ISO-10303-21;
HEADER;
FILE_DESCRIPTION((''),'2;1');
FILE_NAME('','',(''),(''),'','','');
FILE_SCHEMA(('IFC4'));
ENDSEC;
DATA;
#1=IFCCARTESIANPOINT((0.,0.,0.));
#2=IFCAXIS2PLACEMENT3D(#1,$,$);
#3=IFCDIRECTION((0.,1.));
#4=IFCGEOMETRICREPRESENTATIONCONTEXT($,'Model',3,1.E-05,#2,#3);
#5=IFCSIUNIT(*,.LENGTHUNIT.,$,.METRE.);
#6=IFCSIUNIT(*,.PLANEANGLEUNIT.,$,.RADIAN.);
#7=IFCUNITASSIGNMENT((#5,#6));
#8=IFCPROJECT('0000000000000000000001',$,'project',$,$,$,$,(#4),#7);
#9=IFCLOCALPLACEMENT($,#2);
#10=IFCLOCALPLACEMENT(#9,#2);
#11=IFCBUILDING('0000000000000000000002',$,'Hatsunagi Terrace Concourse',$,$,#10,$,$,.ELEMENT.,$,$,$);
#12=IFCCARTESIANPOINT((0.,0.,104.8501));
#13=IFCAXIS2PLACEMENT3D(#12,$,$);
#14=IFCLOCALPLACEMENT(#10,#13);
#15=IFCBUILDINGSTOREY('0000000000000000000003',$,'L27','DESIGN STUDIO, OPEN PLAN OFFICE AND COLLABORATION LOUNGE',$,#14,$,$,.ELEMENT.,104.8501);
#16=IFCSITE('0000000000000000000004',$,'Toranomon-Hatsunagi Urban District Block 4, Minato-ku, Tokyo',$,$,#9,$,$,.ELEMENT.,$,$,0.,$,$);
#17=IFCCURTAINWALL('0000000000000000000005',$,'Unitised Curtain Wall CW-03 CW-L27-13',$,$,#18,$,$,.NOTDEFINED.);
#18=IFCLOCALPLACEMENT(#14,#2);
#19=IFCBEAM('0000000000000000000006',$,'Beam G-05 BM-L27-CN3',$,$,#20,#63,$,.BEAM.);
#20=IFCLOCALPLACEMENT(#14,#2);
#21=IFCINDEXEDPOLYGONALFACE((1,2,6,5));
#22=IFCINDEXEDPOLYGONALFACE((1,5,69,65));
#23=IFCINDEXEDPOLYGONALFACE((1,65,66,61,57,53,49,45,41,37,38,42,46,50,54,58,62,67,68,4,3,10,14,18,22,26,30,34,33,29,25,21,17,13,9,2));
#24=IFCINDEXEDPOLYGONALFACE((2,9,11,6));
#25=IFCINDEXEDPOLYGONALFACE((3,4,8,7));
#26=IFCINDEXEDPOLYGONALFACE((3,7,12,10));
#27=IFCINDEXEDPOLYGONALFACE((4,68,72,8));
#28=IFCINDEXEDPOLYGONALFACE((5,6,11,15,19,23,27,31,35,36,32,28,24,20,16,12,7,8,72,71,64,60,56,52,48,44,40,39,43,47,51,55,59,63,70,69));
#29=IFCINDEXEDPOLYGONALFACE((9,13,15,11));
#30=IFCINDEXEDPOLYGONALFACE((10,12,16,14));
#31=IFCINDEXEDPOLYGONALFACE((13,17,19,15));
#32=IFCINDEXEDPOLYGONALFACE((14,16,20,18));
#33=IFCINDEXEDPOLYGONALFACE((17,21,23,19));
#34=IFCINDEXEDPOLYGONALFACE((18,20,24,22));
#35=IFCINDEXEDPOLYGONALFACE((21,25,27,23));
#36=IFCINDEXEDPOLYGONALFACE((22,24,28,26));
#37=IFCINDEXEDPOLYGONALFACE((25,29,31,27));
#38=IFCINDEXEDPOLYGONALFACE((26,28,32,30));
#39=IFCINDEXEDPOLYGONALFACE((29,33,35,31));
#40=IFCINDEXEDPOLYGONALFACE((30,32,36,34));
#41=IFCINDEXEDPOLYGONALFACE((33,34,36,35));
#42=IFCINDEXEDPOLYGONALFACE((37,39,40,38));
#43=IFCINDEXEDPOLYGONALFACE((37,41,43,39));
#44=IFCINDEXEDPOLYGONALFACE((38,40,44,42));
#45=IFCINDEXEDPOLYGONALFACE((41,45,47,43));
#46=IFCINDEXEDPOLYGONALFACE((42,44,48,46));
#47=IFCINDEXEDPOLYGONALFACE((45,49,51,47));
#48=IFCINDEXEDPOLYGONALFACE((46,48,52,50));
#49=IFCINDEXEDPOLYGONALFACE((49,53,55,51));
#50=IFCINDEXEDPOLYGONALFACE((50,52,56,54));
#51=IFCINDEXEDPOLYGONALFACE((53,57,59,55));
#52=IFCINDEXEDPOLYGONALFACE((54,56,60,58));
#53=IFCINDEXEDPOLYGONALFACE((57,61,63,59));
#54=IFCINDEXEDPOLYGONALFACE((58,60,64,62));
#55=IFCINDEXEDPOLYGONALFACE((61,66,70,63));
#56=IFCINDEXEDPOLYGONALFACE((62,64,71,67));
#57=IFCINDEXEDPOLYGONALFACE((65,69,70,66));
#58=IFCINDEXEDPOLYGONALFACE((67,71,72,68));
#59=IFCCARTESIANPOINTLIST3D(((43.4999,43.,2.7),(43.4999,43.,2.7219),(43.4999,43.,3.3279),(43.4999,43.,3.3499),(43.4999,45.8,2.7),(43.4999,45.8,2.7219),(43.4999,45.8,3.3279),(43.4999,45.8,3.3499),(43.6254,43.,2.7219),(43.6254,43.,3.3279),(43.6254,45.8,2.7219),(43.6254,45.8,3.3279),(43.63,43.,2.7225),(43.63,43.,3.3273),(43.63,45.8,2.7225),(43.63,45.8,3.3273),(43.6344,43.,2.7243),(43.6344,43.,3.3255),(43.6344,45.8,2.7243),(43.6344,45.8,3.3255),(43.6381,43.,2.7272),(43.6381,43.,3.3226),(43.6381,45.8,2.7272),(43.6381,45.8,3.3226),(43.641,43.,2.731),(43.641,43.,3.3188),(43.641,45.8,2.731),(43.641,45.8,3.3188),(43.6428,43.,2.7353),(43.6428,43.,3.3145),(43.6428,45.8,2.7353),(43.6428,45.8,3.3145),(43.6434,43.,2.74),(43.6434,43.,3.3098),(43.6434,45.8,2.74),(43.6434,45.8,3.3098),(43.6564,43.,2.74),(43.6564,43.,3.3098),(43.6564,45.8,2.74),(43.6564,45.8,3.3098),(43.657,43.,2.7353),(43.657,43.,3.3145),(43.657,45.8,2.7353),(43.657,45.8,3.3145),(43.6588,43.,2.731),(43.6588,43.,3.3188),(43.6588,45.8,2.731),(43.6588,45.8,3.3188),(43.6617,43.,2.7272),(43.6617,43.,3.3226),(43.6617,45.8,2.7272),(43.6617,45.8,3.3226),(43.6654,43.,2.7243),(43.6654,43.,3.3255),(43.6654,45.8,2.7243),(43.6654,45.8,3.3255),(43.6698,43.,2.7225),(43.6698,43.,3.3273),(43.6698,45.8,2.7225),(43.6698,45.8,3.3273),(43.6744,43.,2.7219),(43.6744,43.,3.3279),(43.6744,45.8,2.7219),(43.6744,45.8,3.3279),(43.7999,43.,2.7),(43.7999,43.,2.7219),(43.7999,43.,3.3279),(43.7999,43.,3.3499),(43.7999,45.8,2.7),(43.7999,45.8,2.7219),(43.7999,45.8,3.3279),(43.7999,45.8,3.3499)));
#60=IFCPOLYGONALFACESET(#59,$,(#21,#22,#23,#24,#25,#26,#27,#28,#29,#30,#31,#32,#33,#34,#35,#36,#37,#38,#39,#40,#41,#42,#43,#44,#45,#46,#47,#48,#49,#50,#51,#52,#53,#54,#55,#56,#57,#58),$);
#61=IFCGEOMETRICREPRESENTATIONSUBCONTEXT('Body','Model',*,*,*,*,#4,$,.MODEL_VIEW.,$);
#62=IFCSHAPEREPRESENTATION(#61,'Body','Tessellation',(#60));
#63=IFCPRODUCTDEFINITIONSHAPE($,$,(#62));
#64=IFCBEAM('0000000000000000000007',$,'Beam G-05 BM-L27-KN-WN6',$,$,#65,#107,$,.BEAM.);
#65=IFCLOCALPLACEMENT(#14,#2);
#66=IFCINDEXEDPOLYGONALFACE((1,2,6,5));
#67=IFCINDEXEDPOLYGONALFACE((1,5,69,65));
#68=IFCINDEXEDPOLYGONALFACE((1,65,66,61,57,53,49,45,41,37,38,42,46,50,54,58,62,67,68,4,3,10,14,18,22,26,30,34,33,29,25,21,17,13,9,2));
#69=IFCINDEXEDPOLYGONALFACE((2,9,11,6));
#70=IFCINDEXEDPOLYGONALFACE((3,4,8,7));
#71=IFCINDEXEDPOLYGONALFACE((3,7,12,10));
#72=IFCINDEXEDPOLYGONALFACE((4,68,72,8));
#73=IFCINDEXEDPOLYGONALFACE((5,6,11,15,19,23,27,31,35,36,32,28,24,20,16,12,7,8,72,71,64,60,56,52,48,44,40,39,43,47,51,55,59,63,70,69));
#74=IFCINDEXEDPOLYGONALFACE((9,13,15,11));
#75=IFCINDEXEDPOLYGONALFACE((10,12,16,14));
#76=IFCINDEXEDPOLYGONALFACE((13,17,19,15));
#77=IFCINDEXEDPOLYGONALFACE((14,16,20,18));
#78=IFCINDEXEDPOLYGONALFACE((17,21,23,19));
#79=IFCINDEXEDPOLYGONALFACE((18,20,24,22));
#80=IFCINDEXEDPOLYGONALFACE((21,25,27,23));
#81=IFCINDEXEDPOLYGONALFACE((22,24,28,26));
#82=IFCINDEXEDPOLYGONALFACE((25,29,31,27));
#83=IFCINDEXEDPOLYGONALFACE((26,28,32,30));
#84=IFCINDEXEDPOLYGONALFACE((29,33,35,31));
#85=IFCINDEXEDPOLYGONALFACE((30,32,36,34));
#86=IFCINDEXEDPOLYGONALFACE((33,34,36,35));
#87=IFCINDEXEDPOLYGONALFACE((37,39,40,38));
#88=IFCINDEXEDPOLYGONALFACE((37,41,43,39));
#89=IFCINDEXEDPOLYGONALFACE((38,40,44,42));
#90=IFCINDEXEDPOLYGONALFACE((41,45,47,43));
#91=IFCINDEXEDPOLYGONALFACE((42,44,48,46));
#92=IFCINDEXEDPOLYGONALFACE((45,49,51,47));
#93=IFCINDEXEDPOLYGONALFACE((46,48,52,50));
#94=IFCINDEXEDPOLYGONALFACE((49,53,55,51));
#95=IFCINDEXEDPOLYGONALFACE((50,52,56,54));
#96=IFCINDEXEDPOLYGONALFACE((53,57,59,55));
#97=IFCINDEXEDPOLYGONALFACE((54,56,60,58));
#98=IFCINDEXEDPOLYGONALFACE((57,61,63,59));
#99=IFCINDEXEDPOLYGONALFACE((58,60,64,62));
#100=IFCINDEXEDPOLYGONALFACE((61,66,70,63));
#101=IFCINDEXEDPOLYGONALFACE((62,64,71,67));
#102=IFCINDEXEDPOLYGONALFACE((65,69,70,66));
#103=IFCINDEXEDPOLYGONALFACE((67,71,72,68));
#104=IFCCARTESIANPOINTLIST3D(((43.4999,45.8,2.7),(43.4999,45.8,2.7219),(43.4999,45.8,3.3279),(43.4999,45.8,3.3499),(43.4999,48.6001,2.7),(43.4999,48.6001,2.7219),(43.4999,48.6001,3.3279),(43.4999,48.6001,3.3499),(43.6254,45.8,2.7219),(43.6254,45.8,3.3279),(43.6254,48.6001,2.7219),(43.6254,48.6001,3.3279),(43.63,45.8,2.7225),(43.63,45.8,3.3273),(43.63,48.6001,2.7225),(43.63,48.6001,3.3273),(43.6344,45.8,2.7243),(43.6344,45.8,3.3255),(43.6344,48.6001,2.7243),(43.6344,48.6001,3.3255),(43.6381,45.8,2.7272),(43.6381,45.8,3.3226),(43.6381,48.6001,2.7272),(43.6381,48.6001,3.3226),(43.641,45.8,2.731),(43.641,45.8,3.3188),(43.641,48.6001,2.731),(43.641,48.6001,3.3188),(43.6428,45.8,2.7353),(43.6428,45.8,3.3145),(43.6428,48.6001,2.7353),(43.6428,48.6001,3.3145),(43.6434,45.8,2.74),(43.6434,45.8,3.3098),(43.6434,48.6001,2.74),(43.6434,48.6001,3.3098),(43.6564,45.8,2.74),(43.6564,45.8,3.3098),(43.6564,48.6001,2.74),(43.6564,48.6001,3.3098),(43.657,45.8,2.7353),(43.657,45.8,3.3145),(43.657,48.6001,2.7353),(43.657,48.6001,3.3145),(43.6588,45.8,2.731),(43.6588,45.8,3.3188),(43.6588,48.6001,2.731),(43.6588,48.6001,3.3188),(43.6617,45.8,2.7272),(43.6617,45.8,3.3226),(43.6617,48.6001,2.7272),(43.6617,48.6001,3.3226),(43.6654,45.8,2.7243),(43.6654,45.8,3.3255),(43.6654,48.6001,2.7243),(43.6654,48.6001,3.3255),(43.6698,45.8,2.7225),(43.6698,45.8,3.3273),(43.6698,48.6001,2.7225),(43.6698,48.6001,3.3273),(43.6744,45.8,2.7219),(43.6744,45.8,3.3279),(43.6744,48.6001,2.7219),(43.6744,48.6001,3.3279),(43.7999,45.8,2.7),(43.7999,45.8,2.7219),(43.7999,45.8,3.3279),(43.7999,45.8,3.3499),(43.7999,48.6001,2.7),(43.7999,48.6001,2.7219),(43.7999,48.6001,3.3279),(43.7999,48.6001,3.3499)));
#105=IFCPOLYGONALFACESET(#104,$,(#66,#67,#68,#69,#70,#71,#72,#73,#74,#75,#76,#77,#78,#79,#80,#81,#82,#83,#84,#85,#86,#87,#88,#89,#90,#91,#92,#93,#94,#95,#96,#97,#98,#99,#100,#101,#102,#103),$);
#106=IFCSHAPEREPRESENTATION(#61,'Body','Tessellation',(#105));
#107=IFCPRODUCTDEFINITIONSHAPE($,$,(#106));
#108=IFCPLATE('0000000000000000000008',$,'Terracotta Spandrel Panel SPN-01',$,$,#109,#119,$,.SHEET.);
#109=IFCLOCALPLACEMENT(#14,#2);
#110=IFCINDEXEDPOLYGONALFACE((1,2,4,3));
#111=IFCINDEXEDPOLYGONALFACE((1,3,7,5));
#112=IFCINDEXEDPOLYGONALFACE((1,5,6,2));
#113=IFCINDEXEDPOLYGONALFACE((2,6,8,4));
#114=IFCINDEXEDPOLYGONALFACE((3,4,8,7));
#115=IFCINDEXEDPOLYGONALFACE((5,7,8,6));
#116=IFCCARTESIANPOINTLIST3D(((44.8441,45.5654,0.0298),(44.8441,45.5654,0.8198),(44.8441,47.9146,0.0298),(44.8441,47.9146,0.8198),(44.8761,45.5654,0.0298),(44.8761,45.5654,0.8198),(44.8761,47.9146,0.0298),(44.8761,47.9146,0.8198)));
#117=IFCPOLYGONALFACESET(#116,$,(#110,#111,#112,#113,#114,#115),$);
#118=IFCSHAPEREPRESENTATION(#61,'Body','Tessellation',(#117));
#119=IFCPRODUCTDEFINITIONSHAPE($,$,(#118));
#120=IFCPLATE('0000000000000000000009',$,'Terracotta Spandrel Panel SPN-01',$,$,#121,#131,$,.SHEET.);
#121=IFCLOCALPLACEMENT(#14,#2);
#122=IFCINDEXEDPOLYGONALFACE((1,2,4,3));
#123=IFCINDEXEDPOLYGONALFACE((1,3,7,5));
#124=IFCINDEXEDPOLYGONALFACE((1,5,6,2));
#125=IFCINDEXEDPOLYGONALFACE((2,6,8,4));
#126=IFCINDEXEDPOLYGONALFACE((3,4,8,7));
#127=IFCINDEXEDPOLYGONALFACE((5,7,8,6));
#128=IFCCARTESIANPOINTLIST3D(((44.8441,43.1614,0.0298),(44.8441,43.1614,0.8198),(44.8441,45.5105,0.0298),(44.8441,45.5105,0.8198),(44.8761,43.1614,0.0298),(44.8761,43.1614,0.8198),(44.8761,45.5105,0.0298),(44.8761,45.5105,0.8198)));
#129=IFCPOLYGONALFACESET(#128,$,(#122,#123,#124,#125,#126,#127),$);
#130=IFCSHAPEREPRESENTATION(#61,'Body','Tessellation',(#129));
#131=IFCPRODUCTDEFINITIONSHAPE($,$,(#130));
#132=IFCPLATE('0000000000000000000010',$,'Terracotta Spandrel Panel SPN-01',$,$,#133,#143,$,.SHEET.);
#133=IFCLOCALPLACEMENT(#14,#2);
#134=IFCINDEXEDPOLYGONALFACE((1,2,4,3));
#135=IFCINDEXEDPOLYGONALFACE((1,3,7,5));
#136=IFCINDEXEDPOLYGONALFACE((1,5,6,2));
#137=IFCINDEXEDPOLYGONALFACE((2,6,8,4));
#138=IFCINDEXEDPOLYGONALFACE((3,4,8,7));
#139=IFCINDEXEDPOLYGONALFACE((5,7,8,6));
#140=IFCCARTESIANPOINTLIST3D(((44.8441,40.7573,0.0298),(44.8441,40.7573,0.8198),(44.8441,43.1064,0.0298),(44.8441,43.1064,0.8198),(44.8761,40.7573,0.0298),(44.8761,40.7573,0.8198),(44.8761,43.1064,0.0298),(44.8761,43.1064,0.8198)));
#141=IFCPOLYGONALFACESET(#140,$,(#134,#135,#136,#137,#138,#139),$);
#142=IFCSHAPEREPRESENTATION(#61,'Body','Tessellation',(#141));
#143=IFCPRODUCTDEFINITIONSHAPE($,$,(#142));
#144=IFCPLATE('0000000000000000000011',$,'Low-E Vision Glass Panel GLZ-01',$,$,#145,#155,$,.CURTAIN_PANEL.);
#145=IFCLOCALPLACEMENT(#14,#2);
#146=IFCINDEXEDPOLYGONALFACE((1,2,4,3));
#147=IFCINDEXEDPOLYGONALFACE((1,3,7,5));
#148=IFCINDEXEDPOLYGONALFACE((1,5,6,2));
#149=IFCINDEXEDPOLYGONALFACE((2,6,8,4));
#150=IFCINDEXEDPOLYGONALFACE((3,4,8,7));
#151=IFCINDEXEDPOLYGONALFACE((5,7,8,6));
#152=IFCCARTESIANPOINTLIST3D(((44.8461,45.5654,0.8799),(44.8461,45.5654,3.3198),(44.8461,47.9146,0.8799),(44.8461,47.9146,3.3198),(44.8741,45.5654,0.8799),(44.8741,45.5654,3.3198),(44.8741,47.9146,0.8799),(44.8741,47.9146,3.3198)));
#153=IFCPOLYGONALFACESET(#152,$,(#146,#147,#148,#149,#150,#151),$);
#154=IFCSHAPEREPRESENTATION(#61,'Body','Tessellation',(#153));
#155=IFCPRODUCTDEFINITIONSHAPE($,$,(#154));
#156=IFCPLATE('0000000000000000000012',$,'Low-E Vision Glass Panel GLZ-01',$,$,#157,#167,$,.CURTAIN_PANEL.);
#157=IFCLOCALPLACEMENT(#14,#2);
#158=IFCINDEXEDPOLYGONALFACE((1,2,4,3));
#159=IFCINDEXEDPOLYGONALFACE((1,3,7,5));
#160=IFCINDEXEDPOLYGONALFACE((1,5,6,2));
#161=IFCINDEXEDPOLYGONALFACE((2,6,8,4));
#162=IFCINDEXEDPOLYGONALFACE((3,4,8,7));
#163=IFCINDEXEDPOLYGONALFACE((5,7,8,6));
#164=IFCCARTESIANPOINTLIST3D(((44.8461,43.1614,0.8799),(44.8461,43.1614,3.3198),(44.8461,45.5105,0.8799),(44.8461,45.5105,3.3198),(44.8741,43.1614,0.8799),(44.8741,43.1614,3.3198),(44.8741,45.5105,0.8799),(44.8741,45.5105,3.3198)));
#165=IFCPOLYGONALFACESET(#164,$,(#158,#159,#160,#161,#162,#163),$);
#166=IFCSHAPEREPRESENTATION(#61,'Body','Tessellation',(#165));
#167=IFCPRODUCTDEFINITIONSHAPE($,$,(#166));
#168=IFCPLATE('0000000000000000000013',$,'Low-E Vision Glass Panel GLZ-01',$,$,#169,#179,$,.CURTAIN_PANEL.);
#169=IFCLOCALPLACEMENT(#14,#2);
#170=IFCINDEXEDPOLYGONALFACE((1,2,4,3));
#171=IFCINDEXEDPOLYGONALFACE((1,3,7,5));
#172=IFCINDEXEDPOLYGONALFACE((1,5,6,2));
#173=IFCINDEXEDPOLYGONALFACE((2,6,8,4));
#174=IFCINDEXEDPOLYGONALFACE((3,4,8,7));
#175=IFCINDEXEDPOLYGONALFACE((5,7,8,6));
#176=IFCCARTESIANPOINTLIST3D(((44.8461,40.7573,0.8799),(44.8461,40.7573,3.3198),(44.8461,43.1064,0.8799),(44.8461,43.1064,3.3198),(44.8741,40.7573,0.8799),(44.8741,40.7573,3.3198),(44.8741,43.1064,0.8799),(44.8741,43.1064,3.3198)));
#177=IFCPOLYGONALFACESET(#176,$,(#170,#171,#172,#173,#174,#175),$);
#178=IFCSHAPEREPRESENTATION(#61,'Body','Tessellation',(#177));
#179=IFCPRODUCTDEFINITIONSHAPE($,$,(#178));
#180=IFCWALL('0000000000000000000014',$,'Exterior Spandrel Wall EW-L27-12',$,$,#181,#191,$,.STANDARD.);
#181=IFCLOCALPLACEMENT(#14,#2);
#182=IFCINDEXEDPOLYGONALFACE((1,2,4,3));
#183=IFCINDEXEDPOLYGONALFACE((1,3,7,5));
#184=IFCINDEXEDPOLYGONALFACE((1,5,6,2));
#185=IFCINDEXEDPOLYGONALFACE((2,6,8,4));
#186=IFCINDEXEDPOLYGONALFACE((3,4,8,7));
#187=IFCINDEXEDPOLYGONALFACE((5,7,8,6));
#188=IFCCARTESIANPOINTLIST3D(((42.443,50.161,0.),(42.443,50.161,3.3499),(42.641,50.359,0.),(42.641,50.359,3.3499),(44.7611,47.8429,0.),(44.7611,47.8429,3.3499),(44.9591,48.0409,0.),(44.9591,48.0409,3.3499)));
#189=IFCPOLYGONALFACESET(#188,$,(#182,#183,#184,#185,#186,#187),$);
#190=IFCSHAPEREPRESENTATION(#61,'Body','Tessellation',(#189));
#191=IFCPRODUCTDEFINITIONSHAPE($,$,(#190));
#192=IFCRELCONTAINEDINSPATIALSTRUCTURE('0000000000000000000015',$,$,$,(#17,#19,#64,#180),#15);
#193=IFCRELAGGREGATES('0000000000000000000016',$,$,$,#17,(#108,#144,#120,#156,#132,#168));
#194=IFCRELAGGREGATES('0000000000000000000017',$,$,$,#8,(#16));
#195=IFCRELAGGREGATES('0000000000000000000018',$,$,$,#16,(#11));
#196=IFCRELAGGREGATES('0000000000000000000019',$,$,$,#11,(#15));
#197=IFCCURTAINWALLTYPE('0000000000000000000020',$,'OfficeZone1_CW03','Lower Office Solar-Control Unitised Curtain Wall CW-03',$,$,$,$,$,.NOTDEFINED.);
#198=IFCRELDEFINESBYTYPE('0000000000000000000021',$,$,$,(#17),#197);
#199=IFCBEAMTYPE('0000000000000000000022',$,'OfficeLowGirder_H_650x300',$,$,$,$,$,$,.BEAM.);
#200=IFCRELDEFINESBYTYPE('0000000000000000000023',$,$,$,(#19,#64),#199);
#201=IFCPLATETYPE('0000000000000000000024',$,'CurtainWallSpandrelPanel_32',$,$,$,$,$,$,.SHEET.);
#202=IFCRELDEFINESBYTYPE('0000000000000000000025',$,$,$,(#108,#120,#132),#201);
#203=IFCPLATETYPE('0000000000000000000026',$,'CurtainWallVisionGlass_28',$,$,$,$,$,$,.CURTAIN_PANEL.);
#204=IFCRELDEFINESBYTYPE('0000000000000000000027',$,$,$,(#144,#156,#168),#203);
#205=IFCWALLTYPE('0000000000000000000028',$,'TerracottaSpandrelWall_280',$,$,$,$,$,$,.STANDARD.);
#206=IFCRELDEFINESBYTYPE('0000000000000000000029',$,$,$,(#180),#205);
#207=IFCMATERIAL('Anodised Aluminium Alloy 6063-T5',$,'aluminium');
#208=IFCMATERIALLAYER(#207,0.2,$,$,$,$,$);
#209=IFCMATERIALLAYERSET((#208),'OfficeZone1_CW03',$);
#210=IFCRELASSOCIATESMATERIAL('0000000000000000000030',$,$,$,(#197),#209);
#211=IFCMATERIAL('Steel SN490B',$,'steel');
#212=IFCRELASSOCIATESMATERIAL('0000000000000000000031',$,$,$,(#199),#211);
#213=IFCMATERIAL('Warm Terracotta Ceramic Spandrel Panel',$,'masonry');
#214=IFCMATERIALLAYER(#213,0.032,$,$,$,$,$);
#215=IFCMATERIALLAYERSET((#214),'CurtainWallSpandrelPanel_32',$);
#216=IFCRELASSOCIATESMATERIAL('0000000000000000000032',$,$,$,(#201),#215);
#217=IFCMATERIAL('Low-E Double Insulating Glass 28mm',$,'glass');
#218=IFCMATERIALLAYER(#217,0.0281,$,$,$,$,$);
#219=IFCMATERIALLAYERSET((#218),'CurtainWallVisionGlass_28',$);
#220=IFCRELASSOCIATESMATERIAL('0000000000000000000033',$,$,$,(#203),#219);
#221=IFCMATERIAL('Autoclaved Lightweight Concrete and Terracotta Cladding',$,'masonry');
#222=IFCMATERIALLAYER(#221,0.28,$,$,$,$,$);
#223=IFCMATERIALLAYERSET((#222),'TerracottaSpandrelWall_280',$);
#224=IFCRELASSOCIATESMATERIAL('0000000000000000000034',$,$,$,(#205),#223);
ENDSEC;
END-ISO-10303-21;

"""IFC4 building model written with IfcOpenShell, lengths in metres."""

from ifc_helpers import new_model, si_unit, direction, frame, frame_2d, origin, origin_2d, place, context, subcontext, project, spatial, rectangle, i_section, extrude, material, layer, layer_set, material_profile, profile_set, type_object, element, aggregate, save


model = new_model("IFC4")

# Units and contexts
model_context = context("Model", 3, precision=1e-05, world=origin(), true_north=direction((0.0, 1.0)))
body_context = subcontext(model_context, "Body", "Model", "MODEL_VIEW")
ifc_project = project(units=[si_unit("LENGTHUNIT", "METRE"), si_unit("PLANEANGLEUNIT", "RADIAN")], contexts=[model_context])

# Site, building, storey
site_placement = place(None, origin())
site = spatial("IfcSite", under=ifc_project, at=site_placement, Name="Toranomon-Hatsunagi Urban District Block 4, Minato-ku, Tokyo", CompositionType="ELEMENT", RefElevation=0.0)
building_placement = place(site_placement, origin())
building = spatial("IfcBuilding", under=site, at=building_placement, Name="Hatsunagi Terrace Concourse", CompositionType="ELEMENT")
storey_placement = place(building_placement, frame((0.0, 0.0, 104.8501)))
storey = spatial("IfcBuildingStorey", under=building, at=storey_placement, Name="L27", Description="DESIGN STUDIO, OPEN PLAN OFFICE AND COLLABORATION LOUNGE", CompositionType="ELEMENT", Elevation=104.8501)

# Curtain wall
ifc_material_1 = material(Name="Anodised Aluminium Alloy 6063-T5", Category="aluminium")
ifc_layer_1 = layer(ifc_material_1, 0.2)
ifc_layer_set_1 = layer_set([ifc_layer_1], Name="OfficeZone1_CW03")
curtain_wall_type = type_object("IfcCurtainWallType", Name="OfficeZone1_CW03", Description="Lower Office Solar-Control Unitised Curtain Wall CW-03", PredefinedType="NOTDEFINED", material=ifc_layer_set_1)
curtain_wall_placement = place(storey_placement, origin())
curtain_wall = element("IfcCurtainWall", 1, at=curtain_wall_placement, inside=storey, type_object=curtain_wall_type, Name="Unitised Curtain Wall CW-03 CW-L27-13", PredefinedType="NOTDEFINED")

# Beams
ifc_material_2 = material(Name="Steel SN490B", Category="steel")
ifc_material_profile_1 = material_profile(ifc_material_2, i_section(OverallWidth=0.3, OverallDepth=0.6499, WebThickness=0.0129, FlangeThickness=0.022, FilletRadius=0.0181, at=origin_2d()), Name="H-650x300x13x22")
ifc_profile_set_1 = profile_set([ifc_material_profile_1], Name="Steel SN490B")
beam_type = type_object("IfcBeamType", Name="OfficeLowGirder_H_650x300", PredefinedType="BEAM", material=ifc_profile_set_1)
for number, where, z_axis, x_axis, name in (
    (2, (43.6499, 43.0, 3.0249), (0.0, 1.0, 0.0), (-1.0, 0.0, 0.0), "Beam G-05 BM-L27-CN3"),
    (3, (43.6499, 45.8, 3.0249), (0.0, 1.0, 0.0), (-1.0, 0.0, 0.0), "Beam G-05 BM-L27-KN-WN6"),
):
    element("IfcBeam", number, at=place(storey_placement, frame(where, z_axis=z_axis, x_axis=x_axis)), inside=storey, type_object=beam_type, Name=name, PredefinedType="BEAM", context=body_context, shape_type="SweptSolid", body=[
        extrude(i_section(OverallWidth=0.3, OverallDepth=0.6499, WebThickness=0.0129, FlangeThickness=0.022, FilletRadius=0.0181, at=origin_2d()), origin(), (0.0, 0.0, 1.0), 2.8),
    ])

# Plates
ifc_material_3 = material(Name="Warm Terracotta Ceramic Spandrel Panel", Category="masonry")
ifc_layer_2 = layer(ifc_material_3, 0.032)
ifc_layer_set_2 = layer_set([ifc_layer_2], Name="CurtainWallSpandrelPanel_32")
plate_type_1 = type_object("IfcPlateType", Name="CurtainWallSpandrelPanel_32", PredefinedType="SHEET", material=ifc_layer_set_2)
plate_1_placement = place(storey_placement, frame((44.8601, 46.74, 0.0298), z_axis=(0.0, 0.0, 1.0), x_axis=(0.0, -1.0, 0.0)))
plate_1 = element("IfcPlate", 4, at=plate_1_placement, type_object=plate_type_1, Name="Terracotta Spandrel Panel SPN-01", PredefinedType="SHEET", context=body_context, shape_type="SweptSolid", body=[
    extrude(rectangle(XDim=2.3491, YDim=0.032, at=origin_2d()), origin(), (0.0, 0.0, 1.0), 0.79),
])
plate_2_placement = place(storey_placement, frame((44.8601, 44.3359, 0.0298), z_axis=(0.0, 0.0, 1.0), x_axis=(0.0, -1.0, 0.0)))
plate_2 = element("IfcPlate", 5, at=plate_2_placement, type_object=plate_type_1, Name="Terracotta Spandrel Panel SPN-01", PredefinedType="SHEET", context=body_context, shape_type="SweptSolid", body=[
    extrude(rectangle(XDim=2.3491, YDim=0.032, at=origin_2d()), origin(), (0.0, 0.0, 1.0), 0.79),
])
plate_3_placement = place(storey_placement, frame((44.8601, 41.9319, 0.0298), z_axis=(0.0, 0.0, 1.0), x_axis=(0.0, -1.0, 0.0)))
plate_3 = element("IfcPlate", 6, at=plate_3_placement, type_object=plate_type_1, Name="Terracotta Spandrel Panel SPN-01", PredefinedType="SHEET", context=body_context, shape_type="SweptSolid", body=[
    extrude(rectangle(XDim=2.3491, YDim=0.032, at=origin_2d()), origin(), (0.0, 0.0, 1.0), 0.79),
])
ifc_material_4 = material(Name="Low-E Double Insulating Glass 28mm", Category="glass")
ifc_layer_3 = layer(ifc_material_4, 0.0281)
ifc_layer_set_3 = layer_set([ifc_layer_3], Name="CurtainWallVisionGlass_28")
plate_type_2 = type_object("IfcPlateType", Name="CurtainWallVisionGlass_28", PredefinedType="CURTAIN_PANEL", material=ifc_layer_set_3)
plate_4_placement = place(storey_placement, frame((44.8601, 46.74, 0.8799), z_axis=(0.0, 0.0, 1.0), x_axis=(0.0, -1.0, 0.0)))
plate_4 = element("IfcPlate", 7, at=plate_4_placement, type_object=plate_type_2, Name="Low-E Vision Glass Panel GLZ-01", PredefinedType="CURTAIN_PANEL", context=body_context, shape_type="SweptSolid", body=[
    extrude(rectangle(XDim=2.3491, YDim=0.0281, at=origin_2d()), origin(), (0.0, 0.0, 1.0), 2.4399),
])
plate_5_placement = place(storey_placement, frame((44.8601, 44.3359, 0.8799), z_axis=(0.0, 0.0, 1.0), x_axis=(0.0, -1.0, 0.0)))
plate_5 = element("IfcPlate", 8, at=plate_5_placement, type_object=plate_type_2, Name="Low-E Vision Glass Panel GLZ-01", PredefinedType="CURTAIN_PANEL", context=body_context, shape_type="SweptSolid", body=[
    extrude(rectangle(XDim=2.3491, YDim=0.0281, at=origin_2d()), origin(), (0.0, 0.0, 1.0), 2.4399),
])
plate_6_placement = place(storey_placement, frame((44.8601, 41.9319, 0.8799), z_axis=(0.0, 0.0, 1.0), x_axis=(0.0, -1.0, 0.0)))
plate_6 = element("IfcPlate", 9, at=plate_6_placement, type_object=plate_type_2, Name="Low-E Vision Glass Panel GLZ-01", PredefinedType="CURTAIN_PANEL", context=body_context, shape_type="SweptSolid", body=[
    extrude(rectangle(XDim=2.3491, YDim=0.0281, at=origin_2d()), origin(), (0.0, 0.0, 1.0), 2.4399),
])
aggregate(curtain_wall, [plate_1, plate_4, plate_2, plate_5, plate_3, plate_6])

# Wall
ifc_material_5 = material(Name="Autoclaved Lightweight Concrete and Terracotta Cladding", Category="masonry")
ifc_layer_4 = layer(ifc_material_5, 0.28)
ifc_layer_set_4 = layer_set([ifc_layer_4], Name="TerracottaSpandrelWall_280")
wall_type = type_object("IfcWallType", Name="TerracottaSpandrelWall_280", PredefinedType="STANDARD", material=ifc_layer_set_4)
wall_placement = place(storey_placement, frame((42.542, 50.26, 0.0), z_axis=(0.0, 0.0, 1.0), x_axis=(0.707107, -0.707107, 0.0)))
element("IfcWall", 10, at=wall_placement, inside=storey, type_object=wall_type, Name="Exterior Spandrel Wall EW-L27-12", PredefinedType="STANDARD", context=body_context, shape_type="SweptSolid", body=[
    extrude(rectangle(XDim=3.2783, YDim=0.28, at=frame_2d((1.6392, 0.0))), origin(), (0.0, 0.0, 1.0), 3.3499),
])

save(model, "model.ifc")
